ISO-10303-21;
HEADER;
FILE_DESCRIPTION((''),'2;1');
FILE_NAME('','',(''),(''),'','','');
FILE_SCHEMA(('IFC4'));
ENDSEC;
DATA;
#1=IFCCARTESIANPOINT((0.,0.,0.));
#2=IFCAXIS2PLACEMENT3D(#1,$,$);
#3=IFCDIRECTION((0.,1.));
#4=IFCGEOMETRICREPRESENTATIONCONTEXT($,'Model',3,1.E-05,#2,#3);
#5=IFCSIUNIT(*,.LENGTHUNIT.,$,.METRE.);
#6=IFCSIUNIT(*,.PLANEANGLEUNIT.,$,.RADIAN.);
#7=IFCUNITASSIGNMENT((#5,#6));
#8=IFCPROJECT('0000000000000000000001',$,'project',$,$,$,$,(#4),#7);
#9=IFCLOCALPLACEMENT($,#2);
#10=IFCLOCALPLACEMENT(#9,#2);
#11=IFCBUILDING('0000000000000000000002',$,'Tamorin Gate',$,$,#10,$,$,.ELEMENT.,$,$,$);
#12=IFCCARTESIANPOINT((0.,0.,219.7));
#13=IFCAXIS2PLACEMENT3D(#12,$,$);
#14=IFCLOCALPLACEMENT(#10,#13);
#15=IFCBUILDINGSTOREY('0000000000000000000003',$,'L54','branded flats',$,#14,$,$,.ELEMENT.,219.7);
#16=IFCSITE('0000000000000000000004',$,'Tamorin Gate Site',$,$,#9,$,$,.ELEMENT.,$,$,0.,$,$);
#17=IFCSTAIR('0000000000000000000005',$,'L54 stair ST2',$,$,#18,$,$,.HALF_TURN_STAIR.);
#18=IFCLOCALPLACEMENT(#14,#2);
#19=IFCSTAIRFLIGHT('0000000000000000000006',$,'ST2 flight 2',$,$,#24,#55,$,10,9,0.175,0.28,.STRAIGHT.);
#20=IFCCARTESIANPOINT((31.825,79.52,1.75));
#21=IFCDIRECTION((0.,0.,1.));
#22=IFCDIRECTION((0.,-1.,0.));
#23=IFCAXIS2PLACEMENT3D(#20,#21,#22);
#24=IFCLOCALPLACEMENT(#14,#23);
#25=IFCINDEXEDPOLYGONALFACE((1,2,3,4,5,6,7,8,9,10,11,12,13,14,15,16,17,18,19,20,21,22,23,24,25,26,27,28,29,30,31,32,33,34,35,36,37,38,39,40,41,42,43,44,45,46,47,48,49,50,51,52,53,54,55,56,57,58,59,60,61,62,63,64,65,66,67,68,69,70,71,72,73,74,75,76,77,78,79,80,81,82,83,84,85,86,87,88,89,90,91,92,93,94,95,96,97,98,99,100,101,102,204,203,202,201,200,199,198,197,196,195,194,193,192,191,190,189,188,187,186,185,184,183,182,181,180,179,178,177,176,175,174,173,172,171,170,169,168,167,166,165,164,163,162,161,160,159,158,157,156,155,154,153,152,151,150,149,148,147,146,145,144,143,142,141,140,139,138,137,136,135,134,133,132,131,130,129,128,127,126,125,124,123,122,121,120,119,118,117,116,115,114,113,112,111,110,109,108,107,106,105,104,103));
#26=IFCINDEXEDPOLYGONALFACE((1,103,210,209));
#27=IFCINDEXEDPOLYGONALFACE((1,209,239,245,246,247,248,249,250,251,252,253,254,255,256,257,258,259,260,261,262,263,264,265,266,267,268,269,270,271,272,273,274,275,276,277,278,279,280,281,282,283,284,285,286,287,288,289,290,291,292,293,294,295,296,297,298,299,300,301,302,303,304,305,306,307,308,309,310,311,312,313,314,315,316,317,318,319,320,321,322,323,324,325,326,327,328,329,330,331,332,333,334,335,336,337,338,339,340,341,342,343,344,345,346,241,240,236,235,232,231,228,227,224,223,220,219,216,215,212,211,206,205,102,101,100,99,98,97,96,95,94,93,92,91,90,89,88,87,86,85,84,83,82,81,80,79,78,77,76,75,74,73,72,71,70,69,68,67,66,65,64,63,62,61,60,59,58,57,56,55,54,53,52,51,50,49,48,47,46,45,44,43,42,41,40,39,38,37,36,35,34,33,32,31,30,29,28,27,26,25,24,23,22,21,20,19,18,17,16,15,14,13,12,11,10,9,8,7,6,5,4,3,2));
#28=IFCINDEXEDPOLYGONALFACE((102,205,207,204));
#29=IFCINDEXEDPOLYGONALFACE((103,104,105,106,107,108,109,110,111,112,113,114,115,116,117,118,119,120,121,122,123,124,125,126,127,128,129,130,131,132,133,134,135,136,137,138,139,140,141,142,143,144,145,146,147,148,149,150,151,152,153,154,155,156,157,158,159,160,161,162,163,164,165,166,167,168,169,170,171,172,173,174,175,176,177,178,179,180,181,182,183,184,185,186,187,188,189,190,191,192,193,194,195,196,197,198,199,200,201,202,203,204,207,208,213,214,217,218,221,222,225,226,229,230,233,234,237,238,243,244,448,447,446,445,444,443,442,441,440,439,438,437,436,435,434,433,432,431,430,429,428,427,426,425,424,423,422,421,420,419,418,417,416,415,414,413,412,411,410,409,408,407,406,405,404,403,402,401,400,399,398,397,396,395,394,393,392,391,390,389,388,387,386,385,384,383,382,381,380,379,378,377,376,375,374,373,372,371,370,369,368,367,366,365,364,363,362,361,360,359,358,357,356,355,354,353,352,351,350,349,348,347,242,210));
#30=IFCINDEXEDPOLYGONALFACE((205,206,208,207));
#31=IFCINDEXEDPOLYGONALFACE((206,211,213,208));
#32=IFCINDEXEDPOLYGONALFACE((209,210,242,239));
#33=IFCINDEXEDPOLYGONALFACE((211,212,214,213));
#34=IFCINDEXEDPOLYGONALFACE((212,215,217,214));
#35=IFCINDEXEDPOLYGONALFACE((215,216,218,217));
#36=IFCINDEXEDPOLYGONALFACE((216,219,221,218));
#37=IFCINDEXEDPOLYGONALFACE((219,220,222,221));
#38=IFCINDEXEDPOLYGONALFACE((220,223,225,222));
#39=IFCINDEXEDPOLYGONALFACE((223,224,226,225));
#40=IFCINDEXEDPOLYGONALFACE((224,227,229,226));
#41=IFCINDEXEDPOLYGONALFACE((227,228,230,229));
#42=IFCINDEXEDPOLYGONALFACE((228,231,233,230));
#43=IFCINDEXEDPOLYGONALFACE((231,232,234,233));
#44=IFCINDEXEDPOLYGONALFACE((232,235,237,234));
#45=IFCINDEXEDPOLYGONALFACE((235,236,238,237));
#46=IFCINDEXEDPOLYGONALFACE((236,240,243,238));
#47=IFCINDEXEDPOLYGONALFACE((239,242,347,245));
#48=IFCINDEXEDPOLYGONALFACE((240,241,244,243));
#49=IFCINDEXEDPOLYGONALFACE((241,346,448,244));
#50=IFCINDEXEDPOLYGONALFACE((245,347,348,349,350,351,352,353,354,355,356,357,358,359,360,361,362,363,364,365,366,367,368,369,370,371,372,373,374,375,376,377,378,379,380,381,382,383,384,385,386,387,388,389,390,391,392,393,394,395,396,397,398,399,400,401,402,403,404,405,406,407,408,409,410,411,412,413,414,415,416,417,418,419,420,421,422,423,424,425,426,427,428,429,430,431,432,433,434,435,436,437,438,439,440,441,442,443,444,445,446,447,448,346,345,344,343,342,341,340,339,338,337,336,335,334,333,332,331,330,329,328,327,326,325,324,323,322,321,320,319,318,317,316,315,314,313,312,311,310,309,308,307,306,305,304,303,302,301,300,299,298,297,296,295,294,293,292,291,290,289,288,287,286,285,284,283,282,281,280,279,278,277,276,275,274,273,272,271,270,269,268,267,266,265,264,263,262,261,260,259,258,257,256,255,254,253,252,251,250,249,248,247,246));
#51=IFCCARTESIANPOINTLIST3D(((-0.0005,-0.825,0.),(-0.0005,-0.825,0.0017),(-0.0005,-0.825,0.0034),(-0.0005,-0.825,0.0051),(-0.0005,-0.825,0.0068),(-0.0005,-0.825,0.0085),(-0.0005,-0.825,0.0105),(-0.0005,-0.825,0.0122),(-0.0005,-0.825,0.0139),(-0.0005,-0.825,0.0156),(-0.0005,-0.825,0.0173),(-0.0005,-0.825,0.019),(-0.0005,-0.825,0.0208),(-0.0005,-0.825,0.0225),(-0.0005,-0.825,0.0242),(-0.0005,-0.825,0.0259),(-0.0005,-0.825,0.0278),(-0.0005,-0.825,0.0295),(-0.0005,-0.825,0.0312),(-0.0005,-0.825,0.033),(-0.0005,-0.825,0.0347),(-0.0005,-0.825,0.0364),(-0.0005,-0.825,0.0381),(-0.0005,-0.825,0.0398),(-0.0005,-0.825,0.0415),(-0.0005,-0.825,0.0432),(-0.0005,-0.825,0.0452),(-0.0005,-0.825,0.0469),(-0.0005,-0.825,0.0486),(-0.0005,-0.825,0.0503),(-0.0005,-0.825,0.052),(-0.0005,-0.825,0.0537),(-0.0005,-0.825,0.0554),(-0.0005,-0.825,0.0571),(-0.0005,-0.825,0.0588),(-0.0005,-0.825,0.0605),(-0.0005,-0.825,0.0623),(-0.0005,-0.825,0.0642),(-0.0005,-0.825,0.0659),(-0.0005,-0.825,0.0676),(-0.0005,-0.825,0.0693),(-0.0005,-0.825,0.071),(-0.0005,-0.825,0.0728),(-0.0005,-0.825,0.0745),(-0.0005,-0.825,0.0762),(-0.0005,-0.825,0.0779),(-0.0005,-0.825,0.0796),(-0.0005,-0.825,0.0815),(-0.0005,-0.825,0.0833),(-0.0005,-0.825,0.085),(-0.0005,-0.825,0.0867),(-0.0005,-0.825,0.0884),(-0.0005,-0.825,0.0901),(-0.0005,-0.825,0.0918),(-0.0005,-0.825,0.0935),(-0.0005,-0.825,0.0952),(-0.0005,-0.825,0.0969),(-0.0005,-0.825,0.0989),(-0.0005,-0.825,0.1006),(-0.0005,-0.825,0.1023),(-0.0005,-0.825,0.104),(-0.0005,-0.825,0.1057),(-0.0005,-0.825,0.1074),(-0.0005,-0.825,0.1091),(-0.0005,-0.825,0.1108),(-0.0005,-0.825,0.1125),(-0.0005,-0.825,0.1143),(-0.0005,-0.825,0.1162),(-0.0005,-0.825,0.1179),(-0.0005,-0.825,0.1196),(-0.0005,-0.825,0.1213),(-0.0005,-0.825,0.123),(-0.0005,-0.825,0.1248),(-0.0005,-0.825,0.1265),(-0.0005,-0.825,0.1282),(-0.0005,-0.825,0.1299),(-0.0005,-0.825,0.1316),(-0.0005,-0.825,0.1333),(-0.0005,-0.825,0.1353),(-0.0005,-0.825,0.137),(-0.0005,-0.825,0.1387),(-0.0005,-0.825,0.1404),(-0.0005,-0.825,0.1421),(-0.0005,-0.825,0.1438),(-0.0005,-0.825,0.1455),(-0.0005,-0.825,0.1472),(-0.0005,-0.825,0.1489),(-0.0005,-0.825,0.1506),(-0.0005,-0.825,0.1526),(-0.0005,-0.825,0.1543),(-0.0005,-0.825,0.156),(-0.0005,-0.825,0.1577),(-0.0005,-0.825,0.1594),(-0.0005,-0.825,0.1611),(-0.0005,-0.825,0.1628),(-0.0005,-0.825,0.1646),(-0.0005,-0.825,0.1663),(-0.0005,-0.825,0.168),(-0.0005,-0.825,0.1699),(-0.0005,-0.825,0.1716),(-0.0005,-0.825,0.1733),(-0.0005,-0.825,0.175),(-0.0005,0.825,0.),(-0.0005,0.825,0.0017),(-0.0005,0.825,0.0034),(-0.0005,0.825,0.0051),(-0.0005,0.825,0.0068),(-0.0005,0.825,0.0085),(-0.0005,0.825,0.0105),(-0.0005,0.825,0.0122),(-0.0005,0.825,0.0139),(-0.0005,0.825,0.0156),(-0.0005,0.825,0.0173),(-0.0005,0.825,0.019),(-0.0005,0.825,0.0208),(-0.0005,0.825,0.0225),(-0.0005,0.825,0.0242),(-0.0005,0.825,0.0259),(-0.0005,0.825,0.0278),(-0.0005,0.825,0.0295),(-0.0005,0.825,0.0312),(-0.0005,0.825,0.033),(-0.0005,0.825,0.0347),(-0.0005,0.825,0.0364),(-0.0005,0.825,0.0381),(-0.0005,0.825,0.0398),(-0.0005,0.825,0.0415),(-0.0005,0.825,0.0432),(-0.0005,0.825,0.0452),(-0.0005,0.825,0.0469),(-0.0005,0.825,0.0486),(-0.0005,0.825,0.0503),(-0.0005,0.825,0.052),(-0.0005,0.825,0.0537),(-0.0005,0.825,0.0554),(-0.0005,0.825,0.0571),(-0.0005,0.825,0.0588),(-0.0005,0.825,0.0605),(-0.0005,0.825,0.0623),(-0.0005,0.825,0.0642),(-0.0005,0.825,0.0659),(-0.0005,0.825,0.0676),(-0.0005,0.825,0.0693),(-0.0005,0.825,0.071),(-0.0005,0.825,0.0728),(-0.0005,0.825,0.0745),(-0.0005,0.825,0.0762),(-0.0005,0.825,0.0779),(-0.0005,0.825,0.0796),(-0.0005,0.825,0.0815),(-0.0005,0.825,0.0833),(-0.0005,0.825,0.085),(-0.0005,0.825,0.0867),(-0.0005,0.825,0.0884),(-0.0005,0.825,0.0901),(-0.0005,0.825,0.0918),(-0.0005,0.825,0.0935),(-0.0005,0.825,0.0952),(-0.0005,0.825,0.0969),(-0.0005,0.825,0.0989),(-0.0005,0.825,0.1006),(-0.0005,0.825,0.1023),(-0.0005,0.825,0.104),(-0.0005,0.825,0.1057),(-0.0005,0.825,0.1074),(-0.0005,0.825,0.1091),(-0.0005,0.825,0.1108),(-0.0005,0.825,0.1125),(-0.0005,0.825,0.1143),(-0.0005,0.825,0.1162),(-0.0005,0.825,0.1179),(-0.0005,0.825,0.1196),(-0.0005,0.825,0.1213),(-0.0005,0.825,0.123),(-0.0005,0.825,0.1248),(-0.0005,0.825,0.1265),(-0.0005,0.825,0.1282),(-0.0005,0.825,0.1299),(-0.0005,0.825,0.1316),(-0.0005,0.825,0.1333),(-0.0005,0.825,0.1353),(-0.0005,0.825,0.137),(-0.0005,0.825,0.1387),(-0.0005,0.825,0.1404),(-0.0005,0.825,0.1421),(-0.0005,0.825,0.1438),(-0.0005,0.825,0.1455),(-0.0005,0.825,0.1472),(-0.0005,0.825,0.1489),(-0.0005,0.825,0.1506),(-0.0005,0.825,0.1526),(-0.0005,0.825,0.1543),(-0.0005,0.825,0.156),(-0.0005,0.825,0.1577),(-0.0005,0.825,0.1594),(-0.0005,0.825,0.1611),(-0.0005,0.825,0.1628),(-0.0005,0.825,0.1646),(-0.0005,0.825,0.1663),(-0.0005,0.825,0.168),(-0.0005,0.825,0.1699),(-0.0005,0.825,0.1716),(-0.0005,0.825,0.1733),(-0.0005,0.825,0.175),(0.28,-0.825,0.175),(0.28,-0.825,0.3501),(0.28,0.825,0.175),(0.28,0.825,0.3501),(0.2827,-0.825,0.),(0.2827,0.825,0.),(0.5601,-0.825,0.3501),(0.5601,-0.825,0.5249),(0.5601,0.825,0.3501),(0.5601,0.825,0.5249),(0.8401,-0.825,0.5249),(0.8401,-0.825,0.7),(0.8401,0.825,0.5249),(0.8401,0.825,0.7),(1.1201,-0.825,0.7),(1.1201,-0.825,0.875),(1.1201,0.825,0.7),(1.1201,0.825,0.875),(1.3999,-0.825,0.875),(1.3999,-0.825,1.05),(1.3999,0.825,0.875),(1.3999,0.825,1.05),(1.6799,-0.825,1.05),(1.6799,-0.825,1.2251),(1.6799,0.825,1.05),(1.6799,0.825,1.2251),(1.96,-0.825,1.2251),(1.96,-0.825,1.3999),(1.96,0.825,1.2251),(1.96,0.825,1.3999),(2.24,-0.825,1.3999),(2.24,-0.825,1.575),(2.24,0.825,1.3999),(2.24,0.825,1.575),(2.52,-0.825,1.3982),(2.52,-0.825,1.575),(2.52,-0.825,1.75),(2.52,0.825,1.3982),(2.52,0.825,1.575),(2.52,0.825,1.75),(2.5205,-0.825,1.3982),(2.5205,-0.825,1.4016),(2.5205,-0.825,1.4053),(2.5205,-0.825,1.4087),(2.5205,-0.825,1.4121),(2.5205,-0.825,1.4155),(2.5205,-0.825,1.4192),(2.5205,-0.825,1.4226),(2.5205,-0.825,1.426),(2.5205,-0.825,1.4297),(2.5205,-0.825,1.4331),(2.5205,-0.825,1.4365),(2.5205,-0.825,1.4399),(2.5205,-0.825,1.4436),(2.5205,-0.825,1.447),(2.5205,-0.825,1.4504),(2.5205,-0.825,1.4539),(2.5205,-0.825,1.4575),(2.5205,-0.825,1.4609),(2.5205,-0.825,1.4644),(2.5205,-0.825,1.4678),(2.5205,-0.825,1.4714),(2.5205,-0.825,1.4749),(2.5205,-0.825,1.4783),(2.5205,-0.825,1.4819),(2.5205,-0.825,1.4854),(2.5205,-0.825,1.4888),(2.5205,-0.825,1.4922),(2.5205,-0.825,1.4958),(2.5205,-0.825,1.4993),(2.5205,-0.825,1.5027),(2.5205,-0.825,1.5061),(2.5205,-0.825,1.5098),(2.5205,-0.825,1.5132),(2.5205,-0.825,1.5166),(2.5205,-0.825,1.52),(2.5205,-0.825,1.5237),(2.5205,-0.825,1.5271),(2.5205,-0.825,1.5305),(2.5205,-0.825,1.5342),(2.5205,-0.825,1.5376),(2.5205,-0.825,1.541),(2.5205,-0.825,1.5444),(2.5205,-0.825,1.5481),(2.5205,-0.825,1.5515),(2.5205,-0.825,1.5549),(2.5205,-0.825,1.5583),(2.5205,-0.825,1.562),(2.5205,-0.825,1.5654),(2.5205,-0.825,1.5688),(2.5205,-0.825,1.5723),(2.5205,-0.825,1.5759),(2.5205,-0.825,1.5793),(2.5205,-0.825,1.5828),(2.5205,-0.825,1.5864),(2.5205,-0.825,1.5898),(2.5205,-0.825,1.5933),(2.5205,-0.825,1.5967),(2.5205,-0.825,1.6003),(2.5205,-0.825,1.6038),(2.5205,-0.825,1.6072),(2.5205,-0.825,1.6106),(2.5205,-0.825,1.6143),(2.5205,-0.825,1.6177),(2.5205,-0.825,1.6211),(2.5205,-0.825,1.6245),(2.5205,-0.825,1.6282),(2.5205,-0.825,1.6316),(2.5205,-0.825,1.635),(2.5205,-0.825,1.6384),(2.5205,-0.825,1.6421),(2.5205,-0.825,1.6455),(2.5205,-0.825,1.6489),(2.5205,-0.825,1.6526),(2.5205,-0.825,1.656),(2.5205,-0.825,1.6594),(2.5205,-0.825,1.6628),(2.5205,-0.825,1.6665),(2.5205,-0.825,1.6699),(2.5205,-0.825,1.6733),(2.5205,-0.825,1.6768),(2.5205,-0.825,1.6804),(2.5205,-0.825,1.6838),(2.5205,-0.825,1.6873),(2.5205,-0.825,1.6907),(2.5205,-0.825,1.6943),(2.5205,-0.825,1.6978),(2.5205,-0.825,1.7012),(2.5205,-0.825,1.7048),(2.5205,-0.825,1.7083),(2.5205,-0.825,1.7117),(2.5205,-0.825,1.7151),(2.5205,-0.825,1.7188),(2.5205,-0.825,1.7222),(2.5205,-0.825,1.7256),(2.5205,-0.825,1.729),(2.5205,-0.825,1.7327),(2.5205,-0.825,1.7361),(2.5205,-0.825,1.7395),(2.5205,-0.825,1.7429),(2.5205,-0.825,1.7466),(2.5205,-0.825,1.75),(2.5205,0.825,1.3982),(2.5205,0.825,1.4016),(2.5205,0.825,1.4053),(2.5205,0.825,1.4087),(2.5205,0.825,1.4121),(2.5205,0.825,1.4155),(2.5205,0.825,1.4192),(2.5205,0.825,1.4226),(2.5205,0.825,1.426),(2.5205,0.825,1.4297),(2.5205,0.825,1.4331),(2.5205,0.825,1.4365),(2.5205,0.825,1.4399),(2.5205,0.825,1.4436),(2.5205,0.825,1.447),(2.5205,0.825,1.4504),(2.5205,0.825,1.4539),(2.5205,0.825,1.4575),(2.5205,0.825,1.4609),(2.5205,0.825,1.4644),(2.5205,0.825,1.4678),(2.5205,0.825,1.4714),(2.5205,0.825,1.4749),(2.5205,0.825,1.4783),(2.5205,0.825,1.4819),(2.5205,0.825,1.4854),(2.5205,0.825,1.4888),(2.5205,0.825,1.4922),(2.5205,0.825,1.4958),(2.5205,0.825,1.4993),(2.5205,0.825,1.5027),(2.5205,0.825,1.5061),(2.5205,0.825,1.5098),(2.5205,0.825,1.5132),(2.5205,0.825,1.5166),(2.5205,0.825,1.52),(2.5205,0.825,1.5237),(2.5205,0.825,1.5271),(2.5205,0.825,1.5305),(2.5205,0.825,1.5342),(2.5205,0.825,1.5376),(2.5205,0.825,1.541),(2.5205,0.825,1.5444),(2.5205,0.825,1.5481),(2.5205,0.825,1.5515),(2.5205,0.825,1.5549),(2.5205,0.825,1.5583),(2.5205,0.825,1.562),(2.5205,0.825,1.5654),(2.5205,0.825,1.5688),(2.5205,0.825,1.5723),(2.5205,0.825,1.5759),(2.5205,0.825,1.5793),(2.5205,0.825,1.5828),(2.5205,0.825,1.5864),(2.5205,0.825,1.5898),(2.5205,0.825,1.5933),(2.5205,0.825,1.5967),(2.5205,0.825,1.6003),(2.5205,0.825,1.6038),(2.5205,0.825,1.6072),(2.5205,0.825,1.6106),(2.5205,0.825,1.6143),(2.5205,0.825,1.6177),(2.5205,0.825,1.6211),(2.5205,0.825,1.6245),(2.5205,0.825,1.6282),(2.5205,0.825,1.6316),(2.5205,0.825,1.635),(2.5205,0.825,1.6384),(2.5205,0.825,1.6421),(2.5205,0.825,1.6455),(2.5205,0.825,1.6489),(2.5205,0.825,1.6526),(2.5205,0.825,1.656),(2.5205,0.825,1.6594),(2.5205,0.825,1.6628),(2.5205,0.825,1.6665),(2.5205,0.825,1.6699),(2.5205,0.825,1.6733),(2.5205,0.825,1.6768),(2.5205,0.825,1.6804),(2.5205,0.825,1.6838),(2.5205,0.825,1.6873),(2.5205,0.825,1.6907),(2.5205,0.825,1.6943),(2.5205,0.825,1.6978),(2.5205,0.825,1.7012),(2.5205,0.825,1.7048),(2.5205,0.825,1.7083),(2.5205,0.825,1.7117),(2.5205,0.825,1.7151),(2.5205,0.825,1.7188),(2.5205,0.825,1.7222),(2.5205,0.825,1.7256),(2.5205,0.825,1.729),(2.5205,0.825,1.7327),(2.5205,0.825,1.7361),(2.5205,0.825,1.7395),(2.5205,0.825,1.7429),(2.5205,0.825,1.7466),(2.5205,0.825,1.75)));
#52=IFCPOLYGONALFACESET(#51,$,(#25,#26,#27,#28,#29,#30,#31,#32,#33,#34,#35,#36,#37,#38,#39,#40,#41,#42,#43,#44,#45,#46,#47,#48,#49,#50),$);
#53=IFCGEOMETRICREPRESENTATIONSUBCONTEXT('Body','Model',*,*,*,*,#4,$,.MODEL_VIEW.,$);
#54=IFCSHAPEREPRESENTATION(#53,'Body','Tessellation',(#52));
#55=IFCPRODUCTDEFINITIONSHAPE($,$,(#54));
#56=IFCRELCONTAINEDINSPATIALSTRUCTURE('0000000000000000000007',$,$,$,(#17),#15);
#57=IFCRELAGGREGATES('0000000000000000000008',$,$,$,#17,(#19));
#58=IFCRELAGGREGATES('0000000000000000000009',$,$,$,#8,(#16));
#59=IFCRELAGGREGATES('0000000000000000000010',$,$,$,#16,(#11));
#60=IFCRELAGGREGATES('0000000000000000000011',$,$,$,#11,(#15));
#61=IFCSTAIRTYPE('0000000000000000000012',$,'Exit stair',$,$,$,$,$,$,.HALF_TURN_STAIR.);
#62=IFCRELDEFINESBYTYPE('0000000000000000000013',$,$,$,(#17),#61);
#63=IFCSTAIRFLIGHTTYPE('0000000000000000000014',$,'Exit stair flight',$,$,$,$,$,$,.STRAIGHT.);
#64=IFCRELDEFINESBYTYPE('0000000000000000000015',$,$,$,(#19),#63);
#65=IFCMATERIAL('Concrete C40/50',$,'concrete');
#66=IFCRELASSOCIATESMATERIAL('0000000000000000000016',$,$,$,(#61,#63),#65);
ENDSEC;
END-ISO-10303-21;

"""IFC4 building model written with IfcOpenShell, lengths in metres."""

from ifc_helpers import new_model, si_unit, direction, frame, origin, place, context, subcontext, project, spatial, polyline, outline, extrude, material, type_object, element, aggregate, save


model = new_model("IFC4")

# Units and contexts
model_context = context("Model", 3, precision=1e-05, world=origin(), true_north=direction((0.0, 1.0)))
body_context = subcontext(model_context, "Body", "Model", "MODEL_VIEW")
ifc_project = project(units=[si_unit("LENGTHUNIT", "METRE"), si_unit("PLANEANGLEUNIT", "RADIAN")], contexts=[model_context])

# Site, building, storey
site_placement = place(None, origin())
site = spatial("IfcSite", under=ifc_project, at=site_placement, Name="Tamorin Gate Site", CompositionType="ELEMENT", RefElevation=0.0)
building_placement = place(site_placement, origin())
building = spatial("IfcBuilding", under=site, at=building_placement, Name="Tamorin Gate", CompositionType="ELEMENT")
storey_placement = place(building_placement, frame((0.0, 0.0, 219.7)))
storey = spatial("IfcBuildingStorey", under=building, at=storey_placement, Name="L54", Description="branded flats", CompositionType="ELEMENT", Elevation=219.7)

# Stair, stair flight
ifc_material_1 = material(Name="Concrete C40/50", Category="concrete")
stair_type = type_object("IfcStairType", Name="Exit stair", PredefinedType="HALF_TURN_STAIR", material=ifc_material_1)
stair_placement = place(storey_placement, origin())
stair = element("IfcStair", 1, at=stair_placement, inside=storey, type_object=stair_type, Name="L54 stair ST2", PredefinedType="HALF_TURN_STAIR")
stair_flight_type = type_object("IfcStairFlightType", Name="Exit stair flight", PredefinedType="STRAIGHT", material=ifc_material_1)
stair_flight_placement = place(storey_placement, frame((31.825, 79.52, 1.75), z_axis=(0.0, 0.0, 1.0), x_axis=(0.0, -1.0, 0.0)))
stair_flight = element("IfcStairFlight", 2, at=stair_flight_placement, type_object=stair_flight_type, Name="ST2 flight 2", NumberOfRisers=10, NumberOfTreads=9, PredefinedType="STRAIGHT", RiserHeight=0.175, TreadLength=0.28, context=body_context, shape_type="SweptSolid", body=[
    extrude(outline(polyline([(-0.0005, 0.0), (-0.0005, 0.0017), (-0.0005, 0.0034), (-0.0005, 0.0051), (-0.0005, 0.0068), (-0.0005, 0.0085), (-0.0005, 0.0105), (-0.0005, 0.0122), (-0.0005, 0.0139), (-0.0005, 0.0156), (-0.0005, 0.0173), (-0.0005, 0.019), (-0.0005, 0.0208), (-0.0005, 0.0225), (-0.0005, 0.0242), (-0.0005, 0.0259), (-0.0005, 0.0278), (-0.0005, 0.0295), (-0.0005, 0.0312), (-0.0005, 0.033), (-0.0005, 0.0347), (-0.0005, 0.0364), (-0.0005, 0.0381), (-0.0005, 0.0398), (-0.0005, 0.0415), (-0.0005, 0.0432), (-0.0005, 0.0452), (-0.0005, 0.0469), (-0.0005, 0.0486), (-0.0005, 0.0503), (-0.0005, 0.052), (-0.0005, 0.0537), (-0.0005, 0.0554), (-0.0005, 0.0571), (-0.0005, 0.0588), (-0.0005, 0.0605), (-0.0005, 0.0623), (-0.0005, 0.0642), (-0.0005, 0.0659), (-0.0005, 0.0676), (-0.0005, 0.0693), (-0.0005, 0.071), (-0.0005, 0.0728), (-0.0005, 0.0745), (-0.0005, 0.0762), (-0.0005, 0.0779), (-0.0005, 0.0796), (-0.0005, 0.0815), (-0.0005, 0.0833), (-0.0005, 0.085), (-0.0005, 0.0867), (-0.0005, 0.0884), (-0.0005, 0.0901), (-0.0005, 0.0918), (-0.0005, 0.0935), (-0.0005, 0.0952), (-0.0005, 0.0969), (-0.0005, 0.0989), (-0.0005, 0.1006), (-0.0005, 0.1023), (-0.0005, 0.104), (-0.0005, 0.1057), (-0.0005, 0.1074), (-0.0005, 0.1091), (-0.0005, 0.1108), (-0.0005, 0.1125), (-0.0005, 0.1143), (-0.0005, 0.1162), (-0.0005, 0.1179), (-0.0005, 0.1196), (-0.0005, 0.1213), (-0.0005, 0.123), (-0.0005, 0.1248), (-0.0005, 0.1265), (-0.0005, 0.1282), (-0.0005, 0.1299), (-0.0005, 0.1316), (-0.0005, 0.1333), (-0.0005, 0.1353), (-0.0005, 0.137), (-0.0005, 0.1387), (-0.0005, 0.1404), (-0.0005, 0.1421), (-0.0005, 0.1438), (-0.0005, 0.1455), (-0.0005, 0.1472), (-0.0005, 0.1489), (-0.0005, 0.1506), (-0.0005, 0.1526), (-0.0005, 0.1543), (-0.0005, 0.156), (-0.0005, 0.1577), (-0.0005, 0.1594), (-0.0005, 0.1611), (-0.0005, 0.1628), (-0.0005, 0.1646), (-0.0005, 0.1663), (-0.0005, 0.168), (-0.0005, 0.1699), (-0.0005, 0.1716), (-0.0005, 0.1733), (-0.0005, 0.175), (0.28, 0.175), (0.28, 0.3501), (0.5601, 0.3501), (0.5601, 0.5249), (0.8401, 0.5249), (0.8401, 0.7), (1.1201, 0.7), (1.1201, 0.875), (1.3999, 0.875), (1.3999, 1.05), (1.6799, 1.05), (1.6799, 1.2251), (1.96, 1.2251), (1.96, 1.3999), (2.24, 1.3999), (2.24, 1.575), (2.52, 1.575), (2.52, 1.75), (2.5205, 1.75), (2.5205, 1.7466), (2.5205, 1.7429), (2.5205, 1.7395), (2.5205, 1.7361), (2.5205, 1.7327), (2.5205, 1.729), (2.5205, 1.7256), (2.5205, 1.7222), (2.5205, 1.7188), (2.5205, 1.7151), (2.5205, 1.7117), (2.5205, 1.7083), (2.5205, 1.7048), (2.5205, 1.7012), (2.5205, 1.6978), (2.5205, 1.6943), (2.5205, 1.6907), (2.5205, 1.6873), (2.5205, 1.6838), (2.5205, 1.6804), (2.5205, 1.6768), (2.5205, 1.6733), (2.5205, 1.6699), (2.5205, 1.6665), (2.5205, 1.6628), (2.5205, 1.6594), (2.5205, 1.656), (2.5205, 1.6526), (2.5205, 1.6489), (2.5205, 1.6455), (2.5205, 1.6421), (2.5205, 1.6384), (2.5205, 1.635), (2.5205, 1.6316), (2.5205, 1.6282), (2.5205, 1.6245), (2.5205, 1.6211), (2.5205, 1.6177), (2.5205, 1.6143), (2.5205, 1.6106), (2.5205, 1.6072), (2.5205, 1.6038), (2.5205, 1.6003), (2.5205, 1.5967), (2.5205, 1.5933), (2.5205, 1.5898), (2.5205, 1.5864), (2.5205, 1.5828), (2.5205, 1.5793), (2.5205, 1.5759), (2.5205, 1.5723), (2.5205, 1.5688), (2.5205, 1.5654), (2.5205, 1.562), (2.5205, 1.5583), (2.5205, 1.5549), (2.5205, 1.5515), (2.5205, 1.5481), (2.5205, 1.5444), (2.5205, 1.541), (2.5205, 1.5376), (2.5205, 1.5342), (2.5205, 1.5305), (2.5205, 1.5271), (2.5205, 1.5237), (2.5205, 1.52), (2.5205, 1.5166), (2.5205, 1.5132), (2.5205, 1.5098), (2.5205, 1.5061), (2.5205, 1.5027), (2.5205, 1.4993), (2.5205, 1.4958), (2.5205, 1.4922), (2.5205, 1.4888), (2.5205, 1.4854), (2.5205, 1.4819), (2.5205, 1.4783), (2.5205, 1.4749), (2.5205, 1.4714), (2.5205, 1.4678), (2.5205, 1.4644), (2.5205, 1.4609), (2.5205, 1.4575), (2.5205, 1.4539), (2.5205, 1.4504), (2.5205, 1.447), (2.5205, 1.4436), (2.5205, 1.4399), (2.5205, 1.4365), (2.5205, 1.4331), (2.5205, 1.4297), (2.5205, 1.426), (2.5205, 1.4226), (2.5205, 1.4192), (2.5205, 1.4155), (2.5205, 1.4121), (2.5205, 1.4087), (2.5205, 1.4053), (2.5205, 1.4016), (2.5205, 1.3982), (2.52, 1.3982), (0.2827, 0.0), (-0.0005, 0.0)])), frame((0.0, 0.825, 0.0), z_axis=(0.0, -1.0, 0.0), x_axis=(1.0, 0.0, 0.0)), (0.0, 0.0, 1.0), 1.6499),
])
aggregate(stair, [stair_flight])

save(model, "model.ifc")
